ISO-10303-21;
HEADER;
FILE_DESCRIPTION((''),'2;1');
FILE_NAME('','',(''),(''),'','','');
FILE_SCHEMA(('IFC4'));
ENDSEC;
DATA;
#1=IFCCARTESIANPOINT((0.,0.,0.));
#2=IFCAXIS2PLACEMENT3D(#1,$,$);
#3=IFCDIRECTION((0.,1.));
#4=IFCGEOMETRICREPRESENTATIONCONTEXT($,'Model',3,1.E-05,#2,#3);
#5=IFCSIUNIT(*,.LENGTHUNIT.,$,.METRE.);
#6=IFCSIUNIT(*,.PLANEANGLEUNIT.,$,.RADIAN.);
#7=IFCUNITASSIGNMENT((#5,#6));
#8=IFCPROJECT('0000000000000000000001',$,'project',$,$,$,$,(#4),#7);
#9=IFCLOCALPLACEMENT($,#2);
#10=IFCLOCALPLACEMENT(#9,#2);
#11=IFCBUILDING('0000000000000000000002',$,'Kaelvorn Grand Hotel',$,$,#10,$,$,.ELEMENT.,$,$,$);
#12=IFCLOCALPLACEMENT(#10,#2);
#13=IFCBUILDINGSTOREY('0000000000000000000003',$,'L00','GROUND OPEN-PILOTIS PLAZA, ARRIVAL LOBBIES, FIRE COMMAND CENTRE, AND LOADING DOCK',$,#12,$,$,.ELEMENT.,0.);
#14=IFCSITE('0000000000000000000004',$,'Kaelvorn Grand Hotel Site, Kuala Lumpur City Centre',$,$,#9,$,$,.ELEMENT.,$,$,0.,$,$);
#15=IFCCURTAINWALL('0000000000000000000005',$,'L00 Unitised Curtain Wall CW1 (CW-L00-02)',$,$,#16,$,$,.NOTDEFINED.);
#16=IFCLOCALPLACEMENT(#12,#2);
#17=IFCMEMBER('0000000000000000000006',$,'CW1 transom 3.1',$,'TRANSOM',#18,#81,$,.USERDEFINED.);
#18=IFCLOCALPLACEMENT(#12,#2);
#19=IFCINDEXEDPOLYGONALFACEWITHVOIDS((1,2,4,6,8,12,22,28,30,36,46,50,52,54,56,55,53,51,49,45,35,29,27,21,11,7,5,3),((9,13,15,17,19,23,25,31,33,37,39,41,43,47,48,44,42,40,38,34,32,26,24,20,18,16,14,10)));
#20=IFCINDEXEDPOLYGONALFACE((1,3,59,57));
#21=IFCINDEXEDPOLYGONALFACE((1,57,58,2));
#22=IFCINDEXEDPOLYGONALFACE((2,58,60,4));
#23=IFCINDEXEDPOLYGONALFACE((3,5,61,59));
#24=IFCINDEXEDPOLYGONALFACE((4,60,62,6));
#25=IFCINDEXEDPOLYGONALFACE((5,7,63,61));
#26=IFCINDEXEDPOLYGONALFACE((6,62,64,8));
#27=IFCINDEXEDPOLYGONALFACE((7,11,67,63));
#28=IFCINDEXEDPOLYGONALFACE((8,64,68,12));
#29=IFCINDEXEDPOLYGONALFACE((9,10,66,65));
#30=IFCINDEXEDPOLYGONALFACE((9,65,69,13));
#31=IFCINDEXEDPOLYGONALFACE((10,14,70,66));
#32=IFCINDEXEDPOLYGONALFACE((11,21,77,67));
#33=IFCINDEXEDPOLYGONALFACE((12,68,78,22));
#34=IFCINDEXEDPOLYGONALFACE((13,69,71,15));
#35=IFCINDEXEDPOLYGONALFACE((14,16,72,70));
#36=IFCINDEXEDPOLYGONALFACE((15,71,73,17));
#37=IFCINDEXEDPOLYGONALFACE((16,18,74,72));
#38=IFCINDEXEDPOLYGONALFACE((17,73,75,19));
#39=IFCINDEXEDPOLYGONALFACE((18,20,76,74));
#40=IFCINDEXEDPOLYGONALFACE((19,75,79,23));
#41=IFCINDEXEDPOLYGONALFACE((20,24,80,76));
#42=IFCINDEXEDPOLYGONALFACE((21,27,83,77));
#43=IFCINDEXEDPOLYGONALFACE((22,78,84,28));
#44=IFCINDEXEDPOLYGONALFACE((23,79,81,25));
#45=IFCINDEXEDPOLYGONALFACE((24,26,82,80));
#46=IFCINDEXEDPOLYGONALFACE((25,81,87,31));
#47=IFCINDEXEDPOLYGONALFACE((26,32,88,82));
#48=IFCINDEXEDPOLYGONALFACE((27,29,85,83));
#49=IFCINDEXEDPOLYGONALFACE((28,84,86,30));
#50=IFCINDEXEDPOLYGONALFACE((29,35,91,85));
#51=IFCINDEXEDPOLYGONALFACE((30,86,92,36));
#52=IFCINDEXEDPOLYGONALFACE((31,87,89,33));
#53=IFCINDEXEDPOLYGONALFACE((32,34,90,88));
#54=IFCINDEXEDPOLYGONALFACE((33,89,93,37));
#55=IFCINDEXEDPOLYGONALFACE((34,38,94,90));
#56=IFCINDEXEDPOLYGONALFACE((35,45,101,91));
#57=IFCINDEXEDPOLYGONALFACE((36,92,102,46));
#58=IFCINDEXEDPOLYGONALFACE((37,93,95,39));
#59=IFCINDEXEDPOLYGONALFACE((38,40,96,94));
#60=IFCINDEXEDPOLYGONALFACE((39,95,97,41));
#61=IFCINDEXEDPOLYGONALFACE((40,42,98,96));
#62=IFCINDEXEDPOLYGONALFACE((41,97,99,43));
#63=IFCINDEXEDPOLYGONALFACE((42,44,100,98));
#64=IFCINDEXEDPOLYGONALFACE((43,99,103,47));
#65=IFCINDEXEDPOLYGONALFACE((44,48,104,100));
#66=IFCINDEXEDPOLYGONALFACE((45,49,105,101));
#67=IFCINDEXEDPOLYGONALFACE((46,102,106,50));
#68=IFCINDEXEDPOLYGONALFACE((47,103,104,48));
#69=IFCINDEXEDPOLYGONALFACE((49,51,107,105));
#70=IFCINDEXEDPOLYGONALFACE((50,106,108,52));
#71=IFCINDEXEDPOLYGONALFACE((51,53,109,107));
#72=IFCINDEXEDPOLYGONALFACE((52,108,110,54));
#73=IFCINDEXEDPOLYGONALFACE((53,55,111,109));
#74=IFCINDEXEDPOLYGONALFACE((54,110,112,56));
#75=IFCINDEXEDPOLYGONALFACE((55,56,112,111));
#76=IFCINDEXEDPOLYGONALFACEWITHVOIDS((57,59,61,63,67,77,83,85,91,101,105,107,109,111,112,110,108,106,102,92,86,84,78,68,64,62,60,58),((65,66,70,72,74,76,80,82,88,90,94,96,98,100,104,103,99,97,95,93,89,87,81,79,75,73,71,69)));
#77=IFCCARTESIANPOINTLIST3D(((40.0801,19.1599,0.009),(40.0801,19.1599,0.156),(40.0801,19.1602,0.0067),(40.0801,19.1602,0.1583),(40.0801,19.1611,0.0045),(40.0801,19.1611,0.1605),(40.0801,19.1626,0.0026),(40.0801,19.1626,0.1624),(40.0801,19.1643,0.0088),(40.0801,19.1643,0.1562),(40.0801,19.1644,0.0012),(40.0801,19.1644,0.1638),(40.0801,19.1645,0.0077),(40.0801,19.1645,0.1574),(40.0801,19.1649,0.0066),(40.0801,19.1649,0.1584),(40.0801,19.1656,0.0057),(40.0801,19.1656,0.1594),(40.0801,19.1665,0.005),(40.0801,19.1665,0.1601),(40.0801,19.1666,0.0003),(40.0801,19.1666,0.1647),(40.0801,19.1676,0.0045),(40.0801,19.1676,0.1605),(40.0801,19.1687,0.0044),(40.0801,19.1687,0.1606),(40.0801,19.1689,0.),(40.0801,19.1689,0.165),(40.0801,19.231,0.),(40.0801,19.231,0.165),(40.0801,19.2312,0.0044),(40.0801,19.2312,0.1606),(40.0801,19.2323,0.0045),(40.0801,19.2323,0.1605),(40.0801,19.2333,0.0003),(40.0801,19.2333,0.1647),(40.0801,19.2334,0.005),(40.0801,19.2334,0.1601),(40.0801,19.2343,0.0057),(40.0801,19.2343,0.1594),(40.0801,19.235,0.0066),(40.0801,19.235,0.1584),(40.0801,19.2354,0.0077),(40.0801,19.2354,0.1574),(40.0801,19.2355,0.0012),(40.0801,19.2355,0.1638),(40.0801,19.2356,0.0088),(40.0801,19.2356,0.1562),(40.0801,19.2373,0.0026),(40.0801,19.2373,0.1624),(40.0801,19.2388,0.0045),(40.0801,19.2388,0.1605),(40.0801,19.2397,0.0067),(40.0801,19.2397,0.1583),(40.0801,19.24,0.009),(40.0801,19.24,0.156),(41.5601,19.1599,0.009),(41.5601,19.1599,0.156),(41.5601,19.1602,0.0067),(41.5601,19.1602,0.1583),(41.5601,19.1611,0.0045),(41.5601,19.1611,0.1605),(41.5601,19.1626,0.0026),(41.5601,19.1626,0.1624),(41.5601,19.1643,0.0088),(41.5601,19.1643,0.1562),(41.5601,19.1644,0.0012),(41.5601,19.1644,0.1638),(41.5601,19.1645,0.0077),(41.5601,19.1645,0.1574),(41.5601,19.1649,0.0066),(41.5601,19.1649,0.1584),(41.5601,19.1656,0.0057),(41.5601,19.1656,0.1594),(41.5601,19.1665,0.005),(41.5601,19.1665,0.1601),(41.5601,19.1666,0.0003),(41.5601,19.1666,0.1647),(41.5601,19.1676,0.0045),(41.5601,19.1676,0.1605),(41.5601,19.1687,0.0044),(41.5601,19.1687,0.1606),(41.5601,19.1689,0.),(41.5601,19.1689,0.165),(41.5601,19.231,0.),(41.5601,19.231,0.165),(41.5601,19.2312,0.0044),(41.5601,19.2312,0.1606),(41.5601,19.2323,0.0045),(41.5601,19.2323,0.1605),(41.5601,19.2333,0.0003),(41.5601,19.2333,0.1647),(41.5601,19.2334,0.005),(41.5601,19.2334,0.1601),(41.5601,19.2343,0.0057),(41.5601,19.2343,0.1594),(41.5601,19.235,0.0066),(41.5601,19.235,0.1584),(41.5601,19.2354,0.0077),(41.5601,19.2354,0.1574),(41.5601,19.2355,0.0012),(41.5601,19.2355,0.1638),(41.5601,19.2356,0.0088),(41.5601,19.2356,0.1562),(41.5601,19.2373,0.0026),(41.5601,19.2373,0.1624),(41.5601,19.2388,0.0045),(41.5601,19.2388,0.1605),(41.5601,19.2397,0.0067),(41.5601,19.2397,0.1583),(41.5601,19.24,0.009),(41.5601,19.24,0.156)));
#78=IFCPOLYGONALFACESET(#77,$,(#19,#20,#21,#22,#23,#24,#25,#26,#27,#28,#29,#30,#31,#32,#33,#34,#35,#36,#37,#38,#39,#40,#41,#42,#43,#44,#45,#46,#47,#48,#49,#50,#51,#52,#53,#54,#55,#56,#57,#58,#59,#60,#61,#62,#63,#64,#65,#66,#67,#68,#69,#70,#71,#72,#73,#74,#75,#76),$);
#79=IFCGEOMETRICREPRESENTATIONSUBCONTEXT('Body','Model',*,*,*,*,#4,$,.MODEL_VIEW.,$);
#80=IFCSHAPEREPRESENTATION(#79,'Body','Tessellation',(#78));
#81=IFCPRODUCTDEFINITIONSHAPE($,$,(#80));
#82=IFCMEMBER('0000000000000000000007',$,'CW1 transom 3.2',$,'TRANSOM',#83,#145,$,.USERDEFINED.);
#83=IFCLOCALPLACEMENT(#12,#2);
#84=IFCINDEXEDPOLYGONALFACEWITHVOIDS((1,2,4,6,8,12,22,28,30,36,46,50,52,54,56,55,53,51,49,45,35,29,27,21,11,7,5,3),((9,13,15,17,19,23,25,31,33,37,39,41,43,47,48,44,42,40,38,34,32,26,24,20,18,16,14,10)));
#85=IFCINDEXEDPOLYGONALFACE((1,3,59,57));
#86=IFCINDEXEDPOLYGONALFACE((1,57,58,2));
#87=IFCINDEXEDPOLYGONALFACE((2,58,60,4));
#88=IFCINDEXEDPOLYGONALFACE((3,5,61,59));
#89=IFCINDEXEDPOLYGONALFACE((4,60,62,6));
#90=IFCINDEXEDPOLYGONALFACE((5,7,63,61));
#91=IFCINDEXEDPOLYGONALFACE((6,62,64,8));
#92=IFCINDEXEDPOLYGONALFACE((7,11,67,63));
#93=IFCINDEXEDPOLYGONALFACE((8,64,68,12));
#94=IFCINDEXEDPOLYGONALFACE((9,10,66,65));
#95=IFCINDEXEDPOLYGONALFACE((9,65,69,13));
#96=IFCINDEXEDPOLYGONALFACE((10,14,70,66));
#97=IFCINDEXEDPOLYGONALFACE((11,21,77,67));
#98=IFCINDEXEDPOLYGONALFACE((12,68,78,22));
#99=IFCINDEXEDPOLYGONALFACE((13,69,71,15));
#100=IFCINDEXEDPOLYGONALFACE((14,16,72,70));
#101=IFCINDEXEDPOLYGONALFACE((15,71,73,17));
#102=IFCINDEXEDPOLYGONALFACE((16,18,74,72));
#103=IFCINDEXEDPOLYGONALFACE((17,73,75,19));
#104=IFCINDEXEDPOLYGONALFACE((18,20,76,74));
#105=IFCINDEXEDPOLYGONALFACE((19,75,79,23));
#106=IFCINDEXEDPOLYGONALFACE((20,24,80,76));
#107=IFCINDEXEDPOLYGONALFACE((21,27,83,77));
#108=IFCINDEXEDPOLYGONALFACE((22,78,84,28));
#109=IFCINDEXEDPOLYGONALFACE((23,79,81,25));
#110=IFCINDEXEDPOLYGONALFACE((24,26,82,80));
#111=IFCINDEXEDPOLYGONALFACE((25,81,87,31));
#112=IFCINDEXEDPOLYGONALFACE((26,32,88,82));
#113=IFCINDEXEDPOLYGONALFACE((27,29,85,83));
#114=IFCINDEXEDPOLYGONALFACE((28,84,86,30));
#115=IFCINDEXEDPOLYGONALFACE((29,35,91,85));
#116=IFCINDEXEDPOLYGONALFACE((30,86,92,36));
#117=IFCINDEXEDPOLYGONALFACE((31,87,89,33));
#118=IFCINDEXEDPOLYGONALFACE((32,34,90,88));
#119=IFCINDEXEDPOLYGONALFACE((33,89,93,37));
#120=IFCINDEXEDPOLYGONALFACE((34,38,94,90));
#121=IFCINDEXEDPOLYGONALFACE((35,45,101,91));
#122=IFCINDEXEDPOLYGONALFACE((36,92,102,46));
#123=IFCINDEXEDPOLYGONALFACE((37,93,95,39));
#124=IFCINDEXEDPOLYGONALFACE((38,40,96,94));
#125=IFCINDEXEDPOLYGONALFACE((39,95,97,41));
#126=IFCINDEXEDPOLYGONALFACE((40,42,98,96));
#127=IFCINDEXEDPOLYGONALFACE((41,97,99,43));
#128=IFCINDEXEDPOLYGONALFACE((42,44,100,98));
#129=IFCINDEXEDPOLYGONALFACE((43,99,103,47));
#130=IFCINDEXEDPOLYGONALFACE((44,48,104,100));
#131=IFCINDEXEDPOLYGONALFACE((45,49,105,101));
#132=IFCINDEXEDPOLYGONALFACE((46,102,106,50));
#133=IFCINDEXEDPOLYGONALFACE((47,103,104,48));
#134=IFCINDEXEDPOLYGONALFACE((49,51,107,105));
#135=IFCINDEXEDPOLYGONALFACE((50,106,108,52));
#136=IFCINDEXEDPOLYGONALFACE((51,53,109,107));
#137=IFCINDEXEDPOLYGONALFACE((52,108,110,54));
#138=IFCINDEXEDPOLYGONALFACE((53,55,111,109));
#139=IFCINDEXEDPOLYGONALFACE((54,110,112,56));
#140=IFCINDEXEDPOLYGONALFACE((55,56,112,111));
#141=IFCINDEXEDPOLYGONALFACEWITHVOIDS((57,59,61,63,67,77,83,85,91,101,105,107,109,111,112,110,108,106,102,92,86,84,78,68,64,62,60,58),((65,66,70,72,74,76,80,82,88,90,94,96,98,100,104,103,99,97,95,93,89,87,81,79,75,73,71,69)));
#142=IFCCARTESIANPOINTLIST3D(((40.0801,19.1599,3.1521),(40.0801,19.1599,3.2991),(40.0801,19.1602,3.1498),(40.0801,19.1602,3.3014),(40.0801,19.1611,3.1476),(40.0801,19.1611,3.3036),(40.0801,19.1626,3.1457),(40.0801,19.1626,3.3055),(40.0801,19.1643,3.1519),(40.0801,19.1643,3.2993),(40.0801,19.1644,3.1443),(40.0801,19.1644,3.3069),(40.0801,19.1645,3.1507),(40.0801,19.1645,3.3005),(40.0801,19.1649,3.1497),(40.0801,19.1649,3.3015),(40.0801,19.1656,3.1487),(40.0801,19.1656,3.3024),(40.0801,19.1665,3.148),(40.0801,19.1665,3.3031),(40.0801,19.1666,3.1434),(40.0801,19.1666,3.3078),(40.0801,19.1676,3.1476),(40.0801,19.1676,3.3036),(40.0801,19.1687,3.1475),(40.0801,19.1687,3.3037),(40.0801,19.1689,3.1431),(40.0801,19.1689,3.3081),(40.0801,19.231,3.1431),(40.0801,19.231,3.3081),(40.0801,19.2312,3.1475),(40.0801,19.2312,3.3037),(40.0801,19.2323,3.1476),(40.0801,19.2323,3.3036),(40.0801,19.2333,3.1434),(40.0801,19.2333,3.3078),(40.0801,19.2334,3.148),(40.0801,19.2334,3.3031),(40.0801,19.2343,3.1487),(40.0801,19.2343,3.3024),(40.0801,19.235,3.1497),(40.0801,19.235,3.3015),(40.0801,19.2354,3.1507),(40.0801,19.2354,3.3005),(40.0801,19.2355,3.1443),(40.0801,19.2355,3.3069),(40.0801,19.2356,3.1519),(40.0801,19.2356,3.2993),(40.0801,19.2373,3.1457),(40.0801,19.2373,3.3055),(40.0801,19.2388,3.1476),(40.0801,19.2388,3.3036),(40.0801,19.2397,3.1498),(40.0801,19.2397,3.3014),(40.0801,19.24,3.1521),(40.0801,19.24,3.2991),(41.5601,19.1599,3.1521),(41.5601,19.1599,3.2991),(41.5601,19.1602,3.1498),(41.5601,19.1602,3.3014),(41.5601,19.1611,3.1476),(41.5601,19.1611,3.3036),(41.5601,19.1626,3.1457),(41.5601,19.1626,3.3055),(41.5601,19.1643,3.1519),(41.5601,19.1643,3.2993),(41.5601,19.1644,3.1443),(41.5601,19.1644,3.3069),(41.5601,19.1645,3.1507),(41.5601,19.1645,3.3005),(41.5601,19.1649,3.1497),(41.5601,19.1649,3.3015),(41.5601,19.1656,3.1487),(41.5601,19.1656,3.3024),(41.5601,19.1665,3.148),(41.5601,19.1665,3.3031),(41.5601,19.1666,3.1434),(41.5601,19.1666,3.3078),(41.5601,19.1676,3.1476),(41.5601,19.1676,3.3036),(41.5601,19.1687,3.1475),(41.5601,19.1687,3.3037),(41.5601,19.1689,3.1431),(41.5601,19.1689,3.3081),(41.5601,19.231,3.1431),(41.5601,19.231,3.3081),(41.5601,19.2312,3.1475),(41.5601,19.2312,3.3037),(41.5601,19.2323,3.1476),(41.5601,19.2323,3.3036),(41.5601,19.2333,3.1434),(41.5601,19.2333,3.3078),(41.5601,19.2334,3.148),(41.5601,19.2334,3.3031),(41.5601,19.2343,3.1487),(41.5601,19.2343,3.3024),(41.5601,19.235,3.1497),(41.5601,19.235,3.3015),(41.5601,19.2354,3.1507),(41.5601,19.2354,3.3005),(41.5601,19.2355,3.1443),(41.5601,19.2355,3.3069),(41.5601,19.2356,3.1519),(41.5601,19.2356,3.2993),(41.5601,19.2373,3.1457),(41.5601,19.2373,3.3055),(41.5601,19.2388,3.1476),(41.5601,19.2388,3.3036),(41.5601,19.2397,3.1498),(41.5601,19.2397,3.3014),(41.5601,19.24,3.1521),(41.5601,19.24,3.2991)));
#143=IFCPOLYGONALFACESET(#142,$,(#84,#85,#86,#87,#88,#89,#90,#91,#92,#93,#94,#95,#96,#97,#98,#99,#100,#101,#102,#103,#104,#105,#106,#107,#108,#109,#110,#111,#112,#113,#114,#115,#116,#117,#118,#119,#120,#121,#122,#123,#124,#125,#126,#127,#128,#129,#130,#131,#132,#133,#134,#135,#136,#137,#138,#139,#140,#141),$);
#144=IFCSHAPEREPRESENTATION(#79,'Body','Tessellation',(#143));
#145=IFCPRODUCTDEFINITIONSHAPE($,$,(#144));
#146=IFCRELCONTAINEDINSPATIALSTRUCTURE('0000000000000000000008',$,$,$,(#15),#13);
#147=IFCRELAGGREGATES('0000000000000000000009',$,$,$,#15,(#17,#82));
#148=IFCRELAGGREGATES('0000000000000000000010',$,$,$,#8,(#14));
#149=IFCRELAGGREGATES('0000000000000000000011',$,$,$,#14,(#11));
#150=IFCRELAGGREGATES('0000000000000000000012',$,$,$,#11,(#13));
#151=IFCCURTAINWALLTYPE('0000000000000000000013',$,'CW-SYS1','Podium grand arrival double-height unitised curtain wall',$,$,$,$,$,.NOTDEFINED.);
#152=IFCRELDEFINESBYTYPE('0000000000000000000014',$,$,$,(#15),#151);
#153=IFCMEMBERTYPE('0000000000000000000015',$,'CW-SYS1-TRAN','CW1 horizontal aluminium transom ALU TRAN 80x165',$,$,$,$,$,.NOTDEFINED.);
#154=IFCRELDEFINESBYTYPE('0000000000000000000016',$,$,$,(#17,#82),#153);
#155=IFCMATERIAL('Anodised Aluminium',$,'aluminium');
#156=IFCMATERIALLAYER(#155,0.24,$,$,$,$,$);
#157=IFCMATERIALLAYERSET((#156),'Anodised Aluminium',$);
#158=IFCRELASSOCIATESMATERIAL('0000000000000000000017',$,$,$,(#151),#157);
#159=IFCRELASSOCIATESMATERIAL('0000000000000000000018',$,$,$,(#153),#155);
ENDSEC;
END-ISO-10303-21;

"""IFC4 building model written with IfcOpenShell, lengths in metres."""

from ifc_helpers import new_model, si_unit, direction, frame, origin, origin_2d, place, context, subcontext, project, spatial, hollow_rectangle, extrude, material, layer, layer_set, material_profile, profile_set, type_object, element, aggregate, save


model = new_model("IFC4")

# Units and contexts
model_context = context("Model", 3, precision=1e-05, world=origin(), true_north=direction((0.0, 1.0)))
body_context = subcontext(model_context, "Body", "Model", "MODEL_VIEW")
ifc_project = project(units=[si_unit("LENGTHUNIT", "METRE"), si_unit("PLANEANGLEUNIT", "RADIAN")], contexts=[model_context])

# Site, building, storey
site_placement = place(None, origin())
site = spatial("IfcSite", under=ifc_project, at=site_placement, Name="Kaelvorn Grand Hotel Site, Kuala Lumpur City Centre", CompositionType="ELEMENT", RefElevation=0.0)
building_placement = place(site_placement, origin())
building = spatial("IfcBuilding", under=site, at=building_placement, Name="Kaelvorn Grand Hotel", CompositionType="ELEMENT")
storey_placement = place(building_placement, origin())
storey = spatial("IfcBuildingStorey", under=building, at=storey_placement, Name="L00", Description="GROUND OPEN-PILOTIS PLAZA, ARRIVAL LOBBIES, FIRE COMMAND CENTRE, AND LOADING DOCK", CompositionType="ELEMENT", Elevation=0.0)

# Curtain wall, members
ifc_material_1 = material(Name="Anodised Aluminium", Category="aluminium")
ifc_layer_1 = layer(ifc_material_1, 0.24)
ifc_layer_set_1 = layer_set([ifc_layer_1], Name="Anodised Aluminium")
curtain_wall_type = type_object("IfcCurtainWallType", Name="CW-SYS1", Description="Podium grand arrival double-height unitised curtain wall", PredefinedType="NOTDEFINED", material=ifc_layer_set_1)
curtain_wall_placement = place(storey_placement, origin())
curtain_wall = element("IfcCurtainWall", 1, at=curtain_wall_placement, inside=storey, type_object=curtain_wall_type, Name="L00 Unitised Curtain Wall CW1 (CW-L00-02)", PredefinedType="NOTDEFINED")
ifc_material_profile_1 = material_profile(ifc_material_1, hollow_rectangle(XDim=0.0801, YDim=0.165, WallThickness=0.0044, InnerFilletRadius=0.0044, OuterFilletRadius=0.009, at=origin_2d()), Name="ALU TRAN 80x165")
ifc_profile_set_1 = profile_set([ifc_material_profile_1], Name="Anodised Aluminium")
member_type_1 = type_object("IfcMemberType", Name="CW-SYS1-TRAN", Description="CW1 horizontal aluminium transom ALU TRAN 80x165", PredefinedType="NOTDEFINED", material=ifc_profile_set_1)
member_1_placement = place(storey_placement, frame((41.5601, 19.2, 0.0825), z_axis=(-1.0, 0.0, 0.0), x_axis=(0.0, -1.0, 0.0)))
member_1 = element("IfcMember", 2, at=member_1_placement, type_object=member_type_1, Name="CW1 transom 3.1", ObjectType="TRANSOM", PredefinedType="USERDEFINED", context=body_context, shape_type="SweptSolid", body=[
    extrude(hollow_rectangle(XDim=0.0801, YDim=0.165, WallThickness=0.0044, InnerFilletRadius=0.0044, OuterFilletRadius=0.009, at=origin_2d()), origin(), (0.0, 0.0, 1.0), 1.48),
])
member_2_placement = place(storey_placement, frame((41.5601, 19.2, 3.2256), z_axis=(-1.0, 0.0, 0.0), x_axis=(0.0, -1.0, 0.0)))
member_2 = element("IfcMember", 3, at=member_2_placement, type_object=member_type_1, Name="CW1 transom 3.2", ObjectType="TRANSOM", PredefinedType="USERDEFINED", context=body_context, shape_type="SweptSolid", body=[
    extrude(hollow_rectangle(XDim=0.0801, YDim=0.165, WallThickness=0.0044, InnerFilletRadius=0.0044, OuterFilletRadius=0.009, at=origin_2d()), origin(), (0.0, 0.0, 1.0), 1.48),
])
aggregate(curtain_wall, [member_1, member_2])

save(model, "model.ifc")
